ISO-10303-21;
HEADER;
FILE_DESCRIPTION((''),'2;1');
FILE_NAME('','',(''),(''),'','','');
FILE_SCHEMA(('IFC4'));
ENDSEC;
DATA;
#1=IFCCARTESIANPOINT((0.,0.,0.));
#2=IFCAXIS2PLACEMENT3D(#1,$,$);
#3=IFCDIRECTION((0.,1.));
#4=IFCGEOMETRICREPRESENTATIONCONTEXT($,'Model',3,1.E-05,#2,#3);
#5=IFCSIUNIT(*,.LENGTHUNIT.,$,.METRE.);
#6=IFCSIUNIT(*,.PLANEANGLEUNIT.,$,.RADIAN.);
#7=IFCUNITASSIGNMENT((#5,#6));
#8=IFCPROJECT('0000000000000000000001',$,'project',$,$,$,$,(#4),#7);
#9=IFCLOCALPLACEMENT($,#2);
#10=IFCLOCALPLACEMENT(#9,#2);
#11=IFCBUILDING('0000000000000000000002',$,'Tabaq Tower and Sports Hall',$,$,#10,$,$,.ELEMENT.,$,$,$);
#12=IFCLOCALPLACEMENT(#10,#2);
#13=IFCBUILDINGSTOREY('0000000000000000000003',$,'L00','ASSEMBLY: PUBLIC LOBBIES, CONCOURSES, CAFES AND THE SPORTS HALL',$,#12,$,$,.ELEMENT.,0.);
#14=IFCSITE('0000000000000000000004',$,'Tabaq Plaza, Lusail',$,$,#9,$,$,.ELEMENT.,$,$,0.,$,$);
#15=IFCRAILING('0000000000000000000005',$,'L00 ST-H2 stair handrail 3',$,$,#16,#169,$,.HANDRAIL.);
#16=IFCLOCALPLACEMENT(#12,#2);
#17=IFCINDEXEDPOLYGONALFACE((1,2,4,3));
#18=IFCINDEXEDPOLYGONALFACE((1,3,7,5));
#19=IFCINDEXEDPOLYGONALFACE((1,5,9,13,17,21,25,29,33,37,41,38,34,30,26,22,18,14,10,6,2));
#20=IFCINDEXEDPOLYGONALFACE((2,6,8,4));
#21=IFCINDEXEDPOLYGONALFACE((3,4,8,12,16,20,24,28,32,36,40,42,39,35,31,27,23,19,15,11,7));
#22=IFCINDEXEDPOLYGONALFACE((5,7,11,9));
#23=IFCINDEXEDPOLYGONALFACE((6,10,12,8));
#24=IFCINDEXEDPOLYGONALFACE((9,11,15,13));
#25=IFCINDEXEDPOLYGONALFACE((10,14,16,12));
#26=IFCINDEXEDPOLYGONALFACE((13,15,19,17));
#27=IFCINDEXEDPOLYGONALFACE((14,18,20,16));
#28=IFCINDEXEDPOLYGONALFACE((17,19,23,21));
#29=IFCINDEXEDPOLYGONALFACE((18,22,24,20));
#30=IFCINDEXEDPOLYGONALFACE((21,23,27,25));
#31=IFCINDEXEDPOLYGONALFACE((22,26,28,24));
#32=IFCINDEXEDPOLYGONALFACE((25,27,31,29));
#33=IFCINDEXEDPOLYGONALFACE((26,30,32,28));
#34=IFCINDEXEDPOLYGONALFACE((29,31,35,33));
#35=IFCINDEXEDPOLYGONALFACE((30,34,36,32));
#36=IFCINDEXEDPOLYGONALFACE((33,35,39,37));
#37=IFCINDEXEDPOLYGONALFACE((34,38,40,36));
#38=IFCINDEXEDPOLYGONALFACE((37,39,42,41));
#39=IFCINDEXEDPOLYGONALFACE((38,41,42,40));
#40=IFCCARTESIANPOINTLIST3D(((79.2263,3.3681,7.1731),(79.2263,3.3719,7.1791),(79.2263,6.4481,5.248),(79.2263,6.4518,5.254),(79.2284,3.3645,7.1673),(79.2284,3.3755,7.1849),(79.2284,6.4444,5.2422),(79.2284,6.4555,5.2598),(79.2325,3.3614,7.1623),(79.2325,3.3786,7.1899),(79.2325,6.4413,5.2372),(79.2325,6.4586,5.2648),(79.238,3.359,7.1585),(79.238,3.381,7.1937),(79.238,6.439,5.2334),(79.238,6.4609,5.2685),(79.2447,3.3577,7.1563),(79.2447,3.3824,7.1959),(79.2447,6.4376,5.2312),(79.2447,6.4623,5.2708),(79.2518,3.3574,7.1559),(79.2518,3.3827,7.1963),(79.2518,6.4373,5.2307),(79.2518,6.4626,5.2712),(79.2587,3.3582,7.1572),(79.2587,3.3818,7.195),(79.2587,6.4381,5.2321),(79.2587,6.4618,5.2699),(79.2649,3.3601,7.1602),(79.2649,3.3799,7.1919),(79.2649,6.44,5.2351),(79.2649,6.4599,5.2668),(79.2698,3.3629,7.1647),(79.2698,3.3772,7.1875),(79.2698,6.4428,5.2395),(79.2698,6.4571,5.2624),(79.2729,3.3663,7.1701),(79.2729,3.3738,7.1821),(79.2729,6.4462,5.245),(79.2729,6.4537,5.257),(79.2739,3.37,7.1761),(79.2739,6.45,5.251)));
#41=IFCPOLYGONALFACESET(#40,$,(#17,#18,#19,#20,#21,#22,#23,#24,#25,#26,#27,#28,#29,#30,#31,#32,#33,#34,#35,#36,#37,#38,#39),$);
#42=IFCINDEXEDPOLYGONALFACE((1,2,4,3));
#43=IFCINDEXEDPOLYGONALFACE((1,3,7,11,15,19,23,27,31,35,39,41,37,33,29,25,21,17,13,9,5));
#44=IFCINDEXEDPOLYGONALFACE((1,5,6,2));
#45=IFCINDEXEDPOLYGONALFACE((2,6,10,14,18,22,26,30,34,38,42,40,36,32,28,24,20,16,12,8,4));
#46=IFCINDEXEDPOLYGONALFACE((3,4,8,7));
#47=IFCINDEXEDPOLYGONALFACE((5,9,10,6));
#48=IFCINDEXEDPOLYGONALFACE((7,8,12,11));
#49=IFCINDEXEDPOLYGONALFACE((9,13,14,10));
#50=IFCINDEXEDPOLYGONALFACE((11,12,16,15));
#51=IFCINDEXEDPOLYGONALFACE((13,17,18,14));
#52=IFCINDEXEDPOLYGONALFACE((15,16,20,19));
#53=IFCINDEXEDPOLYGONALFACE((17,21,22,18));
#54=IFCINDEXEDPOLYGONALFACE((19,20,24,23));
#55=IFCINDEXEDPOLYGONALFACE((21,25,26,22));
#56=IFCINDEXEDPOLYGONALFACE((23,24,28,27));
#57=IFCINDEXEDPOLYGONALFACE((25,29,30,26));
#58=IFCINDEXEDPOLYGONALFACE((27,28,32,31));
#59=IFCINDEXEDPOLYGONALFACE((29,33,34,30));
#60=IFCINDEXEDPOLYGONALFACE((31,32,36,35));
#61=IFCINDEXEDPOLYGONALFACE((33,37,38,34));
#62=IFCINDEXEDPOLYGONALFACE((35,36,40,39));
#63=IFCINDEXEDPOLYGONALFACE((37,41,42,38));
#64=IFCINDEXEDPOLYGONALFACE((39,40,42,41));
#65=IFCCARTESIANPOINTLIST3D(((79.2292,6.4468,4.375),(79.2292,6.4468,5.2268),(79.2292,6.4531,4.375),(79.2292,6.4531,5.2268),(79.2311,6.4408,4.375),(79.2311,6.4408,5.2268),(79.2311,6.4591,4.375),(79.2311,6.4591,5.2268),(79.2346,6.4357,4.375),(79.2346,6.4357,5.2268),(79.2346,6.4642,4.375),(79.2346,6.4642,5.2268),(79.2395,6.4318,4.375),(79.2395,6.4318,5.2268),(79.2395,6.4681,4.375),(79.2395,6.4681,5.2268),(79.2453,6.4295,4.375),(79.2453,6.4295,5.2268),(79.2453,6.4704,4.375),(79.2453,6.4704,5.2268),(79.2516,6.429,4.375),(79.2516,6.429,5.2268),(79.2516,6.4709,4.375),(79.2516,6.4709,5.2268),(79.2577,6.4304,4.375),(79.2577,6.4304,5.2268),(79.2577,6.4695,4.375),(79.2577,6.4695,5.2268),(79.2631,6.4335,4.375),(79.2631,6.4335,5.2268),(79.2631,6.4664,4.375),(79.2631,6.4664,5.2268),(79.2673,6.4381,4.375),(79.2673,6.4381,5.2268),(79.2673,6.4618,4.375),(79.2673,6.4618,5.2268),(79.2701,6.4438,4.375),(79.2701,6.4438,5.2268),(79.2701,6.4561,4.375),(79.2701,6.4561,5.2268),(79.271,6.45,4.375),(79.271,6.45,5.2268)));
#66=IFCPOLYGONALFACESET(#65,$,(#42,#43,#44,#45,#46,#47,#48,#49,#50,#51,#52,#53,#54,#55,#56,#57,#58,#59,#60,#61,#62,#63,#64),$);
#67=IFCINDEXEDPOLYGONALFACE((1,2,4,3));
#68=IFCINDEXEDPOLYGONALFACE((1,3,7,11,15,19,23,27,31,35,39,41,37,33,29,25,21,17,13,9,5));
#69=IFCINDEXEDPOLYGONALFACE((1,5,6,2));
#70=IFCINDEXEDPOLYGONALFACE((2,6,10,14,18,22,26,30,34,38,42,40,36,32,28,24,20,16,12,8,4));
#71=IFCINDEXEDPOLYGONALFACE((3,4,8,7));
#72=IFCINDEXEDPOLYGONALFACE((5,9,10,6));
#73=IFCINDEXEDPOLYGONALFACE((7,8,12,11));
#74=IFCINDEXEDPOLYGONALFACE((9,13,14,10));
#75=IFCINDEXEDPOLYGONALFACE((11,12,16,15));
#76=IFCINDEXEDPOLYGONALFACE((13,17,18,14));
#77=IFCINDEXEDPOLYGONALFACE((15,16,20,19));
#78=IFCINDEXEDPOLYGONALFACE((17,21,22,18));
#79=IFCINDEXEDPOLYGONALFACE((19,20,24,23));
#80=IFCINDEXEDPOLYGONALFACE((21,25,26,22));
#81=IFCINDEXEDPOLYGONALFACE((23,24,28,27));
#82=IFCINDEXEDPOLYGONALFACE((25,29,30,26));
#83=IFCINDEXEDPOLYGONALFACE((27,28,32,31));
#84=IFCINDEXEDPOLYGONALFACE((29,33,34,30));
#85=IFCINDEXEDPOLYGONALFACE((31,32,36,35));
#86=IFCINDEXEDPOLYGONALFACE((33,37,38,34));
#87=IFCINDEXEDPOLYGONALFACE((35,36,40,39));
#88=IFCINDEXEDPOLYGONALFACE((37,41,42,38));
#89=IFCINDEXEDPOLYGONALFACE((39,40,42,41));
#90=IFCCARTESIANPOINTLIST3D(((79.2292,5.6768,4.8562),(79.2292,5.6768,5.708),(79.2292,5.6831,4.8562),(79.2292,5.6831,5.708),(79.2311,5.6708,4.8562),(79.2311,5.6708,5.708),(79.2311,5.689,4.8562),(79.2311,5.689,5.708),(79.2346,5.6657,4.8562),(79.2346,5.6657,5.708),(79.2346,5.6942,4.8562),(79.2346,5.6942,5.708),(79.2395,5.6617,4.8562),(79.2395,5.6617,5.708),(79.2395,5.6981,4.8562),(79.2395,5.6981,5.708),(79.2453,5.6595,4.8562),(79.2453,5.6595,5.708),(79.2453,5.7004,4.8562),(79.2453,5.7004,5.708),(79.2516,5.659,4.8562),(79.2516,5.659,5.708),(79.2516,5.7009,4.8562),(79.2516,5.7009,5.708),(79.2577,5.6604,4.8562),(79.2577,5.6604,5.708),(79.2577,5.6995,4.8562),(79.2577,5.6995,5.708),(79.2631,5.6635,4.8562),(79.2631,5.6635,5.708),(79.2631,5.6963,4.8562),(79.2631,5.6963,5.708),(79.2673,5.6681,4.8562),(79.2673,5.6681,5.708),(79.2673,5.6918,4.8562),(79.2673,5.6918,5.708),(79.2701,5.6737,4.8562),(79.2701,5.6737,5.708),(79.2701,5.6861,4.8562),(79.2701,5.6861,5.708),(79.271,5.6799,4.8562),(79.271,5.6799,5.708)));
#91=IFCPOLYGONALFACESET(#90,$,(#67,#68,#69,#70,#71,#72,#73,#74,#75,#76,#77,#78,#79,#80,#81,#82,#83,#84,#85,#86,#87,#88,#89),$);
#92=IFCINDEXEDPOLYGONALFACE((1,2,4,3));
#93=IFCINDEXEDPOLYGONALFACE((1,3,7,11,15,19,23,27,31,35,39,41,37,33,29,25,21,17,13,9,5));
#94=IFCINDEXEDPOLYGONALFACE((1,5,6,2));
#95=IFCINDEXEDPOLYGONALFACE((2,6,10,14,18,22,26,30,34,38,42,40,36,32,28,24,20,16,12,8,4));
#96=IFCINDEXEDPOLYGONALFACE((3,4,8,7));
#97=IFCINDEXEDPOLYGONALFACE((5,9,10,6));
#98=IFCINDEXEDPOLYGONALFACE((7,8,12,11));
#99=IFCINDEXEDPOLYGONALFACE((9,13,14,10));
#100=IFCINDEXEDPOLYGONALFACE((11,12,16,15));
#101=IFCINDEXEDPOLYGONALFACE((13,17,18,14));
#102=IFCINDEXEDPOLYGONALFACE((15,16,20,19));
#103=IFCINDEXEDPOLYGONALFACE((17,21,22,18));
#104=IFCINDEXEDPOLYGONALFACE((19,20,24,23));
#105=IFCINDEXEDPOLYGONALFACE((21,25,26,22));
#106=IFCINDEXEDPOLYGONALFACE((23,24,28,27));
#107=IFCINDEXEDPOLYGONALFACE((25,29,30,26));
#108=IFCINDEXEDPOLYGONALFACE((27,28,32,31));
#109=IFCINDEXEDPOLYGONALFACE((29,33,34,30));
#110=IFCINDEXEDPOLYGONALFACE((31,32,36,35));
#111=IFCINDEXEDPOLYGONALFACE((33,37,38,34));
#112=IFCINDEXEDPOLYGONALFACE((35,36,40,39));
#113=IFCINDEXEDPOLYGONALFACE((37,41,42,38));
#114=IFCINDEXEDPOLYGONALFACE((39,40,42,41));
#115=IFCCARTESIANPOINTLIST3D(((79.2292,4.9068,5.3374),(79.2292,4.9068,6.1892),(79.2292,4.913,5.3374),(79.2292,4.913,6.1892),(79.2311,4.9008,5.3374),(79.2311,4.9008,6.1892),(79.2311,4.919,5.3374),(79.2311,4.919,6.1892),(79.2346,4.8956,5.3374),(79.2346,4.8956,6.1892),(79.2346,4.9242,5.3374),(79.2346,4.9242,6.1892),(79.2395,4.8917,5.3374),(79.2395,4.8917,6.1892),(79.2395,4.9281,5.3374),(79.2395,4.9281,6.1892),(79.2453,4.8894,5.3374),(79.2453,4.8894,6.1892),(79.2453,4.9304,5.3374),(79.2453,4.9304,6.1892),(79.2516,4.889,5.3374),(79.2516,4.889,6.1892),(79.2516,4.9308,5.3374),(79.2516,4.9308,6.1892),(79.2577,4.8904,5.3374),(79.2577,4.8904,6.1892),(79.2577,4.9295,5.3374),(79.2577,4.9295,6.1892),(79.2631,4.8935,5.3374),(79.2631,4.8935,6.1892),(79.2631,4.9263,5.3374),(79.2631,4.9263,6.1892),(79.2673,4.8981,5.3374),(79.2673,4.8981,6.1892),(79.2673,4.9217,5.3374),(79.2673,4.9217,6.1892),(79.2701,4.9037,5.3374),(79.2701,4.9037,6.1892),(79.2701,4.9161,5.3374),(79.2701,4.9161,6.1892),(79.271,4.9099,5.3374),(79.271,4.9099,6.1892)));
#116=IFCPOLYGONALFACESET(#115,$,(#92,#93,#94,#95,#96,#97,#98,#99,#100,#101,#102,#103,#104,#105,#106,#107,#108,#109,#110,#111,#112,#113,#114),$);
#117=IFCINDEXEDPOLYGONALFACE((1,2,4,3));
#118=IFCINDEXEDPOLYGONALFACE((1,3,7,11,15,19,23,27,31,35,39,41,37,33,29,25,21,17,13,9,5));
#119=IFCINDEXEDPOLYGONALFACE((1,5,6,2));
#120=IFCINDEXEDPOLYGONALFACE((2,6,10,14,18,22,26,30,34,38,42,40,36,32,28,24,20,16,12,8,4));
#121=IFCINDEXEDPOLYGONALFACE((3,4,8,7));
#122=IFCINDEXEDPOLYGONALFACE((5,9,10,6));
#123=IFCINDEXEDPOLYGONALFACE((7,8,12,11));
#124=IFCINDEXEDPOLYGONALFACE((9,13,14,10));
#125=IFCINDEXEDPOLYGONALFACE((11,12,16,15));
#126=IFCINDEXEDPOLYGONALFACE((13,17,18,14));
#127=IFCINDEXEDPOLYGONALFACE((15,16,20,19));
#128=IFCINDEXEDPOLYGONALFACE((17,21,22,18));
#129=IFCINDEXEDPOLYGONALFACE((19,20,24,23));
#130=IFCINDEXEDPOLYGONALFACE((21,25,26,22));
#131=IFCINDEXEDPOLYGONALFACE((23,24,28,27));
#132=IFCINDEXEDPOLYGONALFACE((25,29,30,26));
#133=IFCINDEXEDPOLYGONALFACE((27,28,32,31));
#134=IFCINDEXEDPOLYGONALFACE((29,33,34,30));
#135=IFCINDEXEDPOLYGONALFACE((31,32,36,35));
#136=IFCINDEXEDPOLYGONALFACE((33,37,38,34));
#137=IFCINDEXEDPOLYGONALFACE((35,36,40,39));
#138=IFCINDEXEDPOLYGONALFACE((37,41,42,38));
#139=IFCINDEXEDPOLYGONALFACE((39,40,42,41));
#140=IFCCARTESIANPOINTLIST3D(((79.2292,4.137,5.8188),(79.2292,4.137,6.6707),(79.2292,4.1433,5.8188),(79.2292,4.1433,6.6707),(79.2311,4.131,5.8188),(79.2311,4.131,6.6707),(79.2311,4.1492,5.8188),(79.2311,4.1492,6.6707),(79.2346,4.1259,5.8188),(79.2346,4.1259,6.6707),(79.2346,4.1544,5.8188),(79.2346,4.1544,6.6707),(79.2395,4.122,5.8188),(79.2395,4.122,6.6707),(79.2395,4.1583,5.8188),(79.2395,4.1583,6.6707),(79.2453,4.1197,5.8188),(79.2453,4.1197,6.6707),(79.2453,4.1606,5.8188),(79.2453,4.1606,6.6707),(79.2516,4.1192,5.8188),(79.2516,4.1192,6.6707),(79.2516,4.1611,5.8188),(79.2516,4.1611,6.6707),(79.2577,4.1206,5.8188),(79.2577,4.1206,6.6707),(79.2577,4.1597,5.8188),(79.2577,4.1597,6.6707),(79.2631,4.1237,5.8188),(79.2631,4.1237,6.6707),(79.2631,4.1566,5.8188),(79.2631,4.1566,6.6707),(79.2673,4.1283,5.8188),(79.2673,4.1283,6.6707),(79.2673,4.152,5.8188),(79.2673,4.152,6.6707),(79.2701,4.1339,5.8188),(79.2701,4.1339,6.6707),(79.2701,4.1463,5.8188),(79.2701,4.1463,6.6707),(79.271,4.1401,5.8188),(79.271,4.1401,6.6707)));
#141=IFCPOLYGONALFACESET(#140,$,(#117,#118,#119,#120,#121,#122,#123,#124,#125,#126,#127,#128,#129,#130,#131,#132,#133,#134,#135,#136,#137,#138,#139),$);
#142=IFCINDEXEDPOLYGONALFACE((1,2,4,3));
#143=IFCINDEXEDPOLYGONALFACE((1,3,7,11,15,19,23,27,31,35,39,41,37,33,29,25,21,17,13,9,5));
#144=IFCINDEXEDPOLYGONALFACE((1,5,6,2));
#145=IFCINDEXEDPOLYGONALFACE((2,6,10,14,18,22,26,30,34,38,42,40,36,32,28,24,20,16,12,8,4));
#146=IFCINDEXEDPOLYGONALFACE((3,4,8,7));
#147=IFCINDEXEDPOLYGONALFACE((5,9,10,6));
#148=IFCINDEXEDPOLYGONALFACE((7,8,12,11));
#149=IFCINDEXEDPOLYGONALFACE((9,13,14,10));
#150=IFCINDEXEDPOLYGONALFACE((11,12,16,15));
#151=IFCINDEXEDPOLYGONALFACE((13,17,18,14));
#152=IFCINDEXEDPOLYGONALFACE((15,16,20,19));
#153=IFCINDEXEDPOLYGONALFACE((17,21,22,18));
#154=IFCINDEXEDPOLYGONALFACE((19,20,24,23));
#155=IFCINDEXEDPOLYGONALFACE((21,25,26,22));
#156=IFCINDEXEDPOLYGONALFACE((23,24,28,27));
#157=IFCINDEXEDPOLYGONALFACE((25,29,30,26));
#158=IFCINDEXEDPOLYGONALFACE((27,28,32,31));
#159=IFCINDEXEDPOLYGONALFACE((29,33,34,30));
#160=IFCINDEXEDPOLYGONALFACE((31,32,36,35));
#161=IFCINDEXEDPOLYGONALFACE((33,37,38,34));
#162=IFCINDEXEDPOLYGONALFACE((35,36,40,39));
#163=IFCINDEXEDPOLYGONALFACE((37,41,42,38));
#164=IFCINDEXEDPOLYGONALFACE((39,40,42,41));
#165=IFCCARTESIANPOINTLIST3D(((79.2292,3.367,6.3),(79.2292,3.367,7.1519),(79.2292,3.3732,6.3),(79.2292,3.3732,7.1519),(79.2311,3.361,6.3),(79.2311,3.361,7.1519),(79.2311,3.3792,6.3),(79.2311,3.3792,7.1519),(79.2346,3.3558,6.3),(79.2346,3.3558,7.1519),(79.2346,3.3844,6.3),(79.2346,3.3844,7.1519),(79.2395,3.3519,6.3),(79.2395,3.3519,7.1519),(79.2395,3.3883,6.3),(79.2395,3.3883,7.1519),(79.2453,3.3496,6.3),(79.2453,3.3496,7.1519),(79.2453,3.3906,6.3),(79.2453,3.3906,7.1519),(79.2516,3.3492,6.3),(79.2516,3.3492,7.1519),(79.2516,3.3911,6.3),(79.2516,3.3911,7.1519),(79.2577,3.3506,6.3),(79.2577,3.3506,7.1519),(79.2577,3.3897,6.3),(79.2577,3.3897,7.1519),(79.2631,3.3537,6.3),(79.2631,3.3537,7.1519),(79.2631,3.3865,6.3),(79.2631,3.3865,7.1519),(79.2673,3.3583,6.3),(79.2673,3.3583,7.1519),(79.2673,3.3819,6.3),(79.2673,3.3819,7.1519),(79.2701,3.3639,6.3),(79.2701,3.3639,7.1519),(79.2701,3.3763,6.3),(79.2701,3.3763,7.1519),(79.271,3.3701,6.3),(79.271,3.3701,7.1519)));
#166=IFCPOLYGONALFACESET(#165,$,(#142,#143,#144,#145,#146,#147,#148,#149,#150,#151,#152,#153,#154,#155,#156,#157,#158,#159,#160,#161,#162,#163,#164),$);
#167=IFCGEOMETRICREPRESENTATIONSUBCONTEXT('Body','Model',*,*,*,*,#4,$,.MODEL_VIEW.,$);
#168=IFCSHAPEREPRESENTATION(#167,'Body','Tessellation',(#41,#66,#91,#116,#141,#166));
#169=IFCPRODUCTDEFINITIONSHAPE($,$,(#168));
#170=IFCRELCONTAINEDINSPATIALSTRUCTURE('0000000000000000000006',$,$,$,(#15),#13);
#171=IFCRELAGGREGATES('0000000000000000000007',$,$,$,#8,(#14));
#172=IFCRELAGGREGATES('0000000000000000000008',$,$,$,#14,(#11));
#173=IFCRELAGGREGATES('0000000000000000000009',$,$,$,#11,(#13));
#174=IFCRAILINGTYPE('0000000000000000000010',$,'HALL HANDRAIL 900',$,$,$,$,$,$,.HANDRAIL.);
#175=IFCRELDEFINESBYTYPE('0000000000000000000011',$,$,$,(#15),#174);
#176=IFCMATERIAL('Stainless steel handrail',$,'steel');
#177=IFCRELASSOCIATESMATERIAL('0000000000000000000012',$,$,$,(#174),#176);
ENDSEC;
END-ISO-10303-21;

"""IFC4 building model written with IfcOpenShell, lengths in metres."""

from ifc_helpers import new_model, si_unit, direction, frame, origin, origin_2d, place, context, subcontext, project, spatial, circle, extrude, material, type_object, element, save


model = new_model("IFC4")

# Units and contexts
model_context = context("Model", 3, precision=1e-05, world=origin(), true_north=direction((0.0, 1.0)))
body_context = subcontext(model_context, "Body", "Model", "MODEL_VIEW")
ifc_project = project(units=[si_unit("LENGTHUNIT", "METRE"), si_unit("PLANEANGLEUNIT", "RADIAN")], contexts=[model_context])

# Site, building, storey
site_placement = place(None, origin())
site = spatial("IfcSite", under=ifc_project, at=site_placement, Name="Tabaq Plaza, Lusail", CompositionType="ELEMENT", RefElevation=0.0)
building_placement = place(site_placement, origin())
building = spatial("IfcBuilding", under=site, at=building_placement, Name="Tabaq Tower and Sports Hall", CompositionType="ELEMENT")
storey_placement = place(building_placement, origin())
storey = spatial("IfcBuildingStorey", under=building, at=storey_placement, Name="L00", Description="ASSEMBLY: PUBLIC LOBBIES, CONCOURSES, CAFES AND THE SPORTS HALL", CompositionType="ELEMENT", Elevation=0.0)

# Railing
ifc_material_1 = material(Name="Stainless steel handrail", Category="steel")
railing_type_1 = type_object("IfcRailingType", Name="HALL HANDRAIL 900", PredefinedType="HANDRAIL", material=ifc_material_1)
railing_1_placement = place(storey_placement, frame((79.25, 6.45, 4.375)))
element("IfcRailing", 1, at=railing_1_placement, inside=storey, type_object=railing_type_1, Name="L00 ST-H2 stair handrail 3", PredefinedType="HANDRAIL", context=body_context, shape_type="SweptSolid", body=[
    extrude(circle(Radius=0.0239, at=origin_2d()), frame((0.0, 0.0, 0.876), z_axis=(0.0, -0.847979, 0.530029), x_axis=(1.0, 0.0, 0.0)), (0.0, 0.0, 1.0), 3.6321),
    extrude(circle(Radius=0.021, at=origin_2d()), origin(), (0.0, 0.0, 1.0), 0.8518),
    extrude(circle(Radius=0.021, at=origin_2d()), frame((0.0, -0.77, 0.4812)), (0.0, 0.0, 1.0), 0.8518),
    extrude(circle(Radius=0.021, at=origin_2d()), frame((0.0, -1.54, 0.9624)), (0.0, 0.0, 1.0), 0.8518),
    extrude(circle(Radius=0.021, at=origin_2d()), frame((0.0, -2.3098, 1.4438)), (0.0, 0.0, 1.0), 0.8518),
    extrude(circle(Radius=0.021, at=origin_2d()), frame((0.0, -3.0798, 1.925)), (0.0, 0.0, 1.0), 0.8518),
])

save(model, "model.ifc")
